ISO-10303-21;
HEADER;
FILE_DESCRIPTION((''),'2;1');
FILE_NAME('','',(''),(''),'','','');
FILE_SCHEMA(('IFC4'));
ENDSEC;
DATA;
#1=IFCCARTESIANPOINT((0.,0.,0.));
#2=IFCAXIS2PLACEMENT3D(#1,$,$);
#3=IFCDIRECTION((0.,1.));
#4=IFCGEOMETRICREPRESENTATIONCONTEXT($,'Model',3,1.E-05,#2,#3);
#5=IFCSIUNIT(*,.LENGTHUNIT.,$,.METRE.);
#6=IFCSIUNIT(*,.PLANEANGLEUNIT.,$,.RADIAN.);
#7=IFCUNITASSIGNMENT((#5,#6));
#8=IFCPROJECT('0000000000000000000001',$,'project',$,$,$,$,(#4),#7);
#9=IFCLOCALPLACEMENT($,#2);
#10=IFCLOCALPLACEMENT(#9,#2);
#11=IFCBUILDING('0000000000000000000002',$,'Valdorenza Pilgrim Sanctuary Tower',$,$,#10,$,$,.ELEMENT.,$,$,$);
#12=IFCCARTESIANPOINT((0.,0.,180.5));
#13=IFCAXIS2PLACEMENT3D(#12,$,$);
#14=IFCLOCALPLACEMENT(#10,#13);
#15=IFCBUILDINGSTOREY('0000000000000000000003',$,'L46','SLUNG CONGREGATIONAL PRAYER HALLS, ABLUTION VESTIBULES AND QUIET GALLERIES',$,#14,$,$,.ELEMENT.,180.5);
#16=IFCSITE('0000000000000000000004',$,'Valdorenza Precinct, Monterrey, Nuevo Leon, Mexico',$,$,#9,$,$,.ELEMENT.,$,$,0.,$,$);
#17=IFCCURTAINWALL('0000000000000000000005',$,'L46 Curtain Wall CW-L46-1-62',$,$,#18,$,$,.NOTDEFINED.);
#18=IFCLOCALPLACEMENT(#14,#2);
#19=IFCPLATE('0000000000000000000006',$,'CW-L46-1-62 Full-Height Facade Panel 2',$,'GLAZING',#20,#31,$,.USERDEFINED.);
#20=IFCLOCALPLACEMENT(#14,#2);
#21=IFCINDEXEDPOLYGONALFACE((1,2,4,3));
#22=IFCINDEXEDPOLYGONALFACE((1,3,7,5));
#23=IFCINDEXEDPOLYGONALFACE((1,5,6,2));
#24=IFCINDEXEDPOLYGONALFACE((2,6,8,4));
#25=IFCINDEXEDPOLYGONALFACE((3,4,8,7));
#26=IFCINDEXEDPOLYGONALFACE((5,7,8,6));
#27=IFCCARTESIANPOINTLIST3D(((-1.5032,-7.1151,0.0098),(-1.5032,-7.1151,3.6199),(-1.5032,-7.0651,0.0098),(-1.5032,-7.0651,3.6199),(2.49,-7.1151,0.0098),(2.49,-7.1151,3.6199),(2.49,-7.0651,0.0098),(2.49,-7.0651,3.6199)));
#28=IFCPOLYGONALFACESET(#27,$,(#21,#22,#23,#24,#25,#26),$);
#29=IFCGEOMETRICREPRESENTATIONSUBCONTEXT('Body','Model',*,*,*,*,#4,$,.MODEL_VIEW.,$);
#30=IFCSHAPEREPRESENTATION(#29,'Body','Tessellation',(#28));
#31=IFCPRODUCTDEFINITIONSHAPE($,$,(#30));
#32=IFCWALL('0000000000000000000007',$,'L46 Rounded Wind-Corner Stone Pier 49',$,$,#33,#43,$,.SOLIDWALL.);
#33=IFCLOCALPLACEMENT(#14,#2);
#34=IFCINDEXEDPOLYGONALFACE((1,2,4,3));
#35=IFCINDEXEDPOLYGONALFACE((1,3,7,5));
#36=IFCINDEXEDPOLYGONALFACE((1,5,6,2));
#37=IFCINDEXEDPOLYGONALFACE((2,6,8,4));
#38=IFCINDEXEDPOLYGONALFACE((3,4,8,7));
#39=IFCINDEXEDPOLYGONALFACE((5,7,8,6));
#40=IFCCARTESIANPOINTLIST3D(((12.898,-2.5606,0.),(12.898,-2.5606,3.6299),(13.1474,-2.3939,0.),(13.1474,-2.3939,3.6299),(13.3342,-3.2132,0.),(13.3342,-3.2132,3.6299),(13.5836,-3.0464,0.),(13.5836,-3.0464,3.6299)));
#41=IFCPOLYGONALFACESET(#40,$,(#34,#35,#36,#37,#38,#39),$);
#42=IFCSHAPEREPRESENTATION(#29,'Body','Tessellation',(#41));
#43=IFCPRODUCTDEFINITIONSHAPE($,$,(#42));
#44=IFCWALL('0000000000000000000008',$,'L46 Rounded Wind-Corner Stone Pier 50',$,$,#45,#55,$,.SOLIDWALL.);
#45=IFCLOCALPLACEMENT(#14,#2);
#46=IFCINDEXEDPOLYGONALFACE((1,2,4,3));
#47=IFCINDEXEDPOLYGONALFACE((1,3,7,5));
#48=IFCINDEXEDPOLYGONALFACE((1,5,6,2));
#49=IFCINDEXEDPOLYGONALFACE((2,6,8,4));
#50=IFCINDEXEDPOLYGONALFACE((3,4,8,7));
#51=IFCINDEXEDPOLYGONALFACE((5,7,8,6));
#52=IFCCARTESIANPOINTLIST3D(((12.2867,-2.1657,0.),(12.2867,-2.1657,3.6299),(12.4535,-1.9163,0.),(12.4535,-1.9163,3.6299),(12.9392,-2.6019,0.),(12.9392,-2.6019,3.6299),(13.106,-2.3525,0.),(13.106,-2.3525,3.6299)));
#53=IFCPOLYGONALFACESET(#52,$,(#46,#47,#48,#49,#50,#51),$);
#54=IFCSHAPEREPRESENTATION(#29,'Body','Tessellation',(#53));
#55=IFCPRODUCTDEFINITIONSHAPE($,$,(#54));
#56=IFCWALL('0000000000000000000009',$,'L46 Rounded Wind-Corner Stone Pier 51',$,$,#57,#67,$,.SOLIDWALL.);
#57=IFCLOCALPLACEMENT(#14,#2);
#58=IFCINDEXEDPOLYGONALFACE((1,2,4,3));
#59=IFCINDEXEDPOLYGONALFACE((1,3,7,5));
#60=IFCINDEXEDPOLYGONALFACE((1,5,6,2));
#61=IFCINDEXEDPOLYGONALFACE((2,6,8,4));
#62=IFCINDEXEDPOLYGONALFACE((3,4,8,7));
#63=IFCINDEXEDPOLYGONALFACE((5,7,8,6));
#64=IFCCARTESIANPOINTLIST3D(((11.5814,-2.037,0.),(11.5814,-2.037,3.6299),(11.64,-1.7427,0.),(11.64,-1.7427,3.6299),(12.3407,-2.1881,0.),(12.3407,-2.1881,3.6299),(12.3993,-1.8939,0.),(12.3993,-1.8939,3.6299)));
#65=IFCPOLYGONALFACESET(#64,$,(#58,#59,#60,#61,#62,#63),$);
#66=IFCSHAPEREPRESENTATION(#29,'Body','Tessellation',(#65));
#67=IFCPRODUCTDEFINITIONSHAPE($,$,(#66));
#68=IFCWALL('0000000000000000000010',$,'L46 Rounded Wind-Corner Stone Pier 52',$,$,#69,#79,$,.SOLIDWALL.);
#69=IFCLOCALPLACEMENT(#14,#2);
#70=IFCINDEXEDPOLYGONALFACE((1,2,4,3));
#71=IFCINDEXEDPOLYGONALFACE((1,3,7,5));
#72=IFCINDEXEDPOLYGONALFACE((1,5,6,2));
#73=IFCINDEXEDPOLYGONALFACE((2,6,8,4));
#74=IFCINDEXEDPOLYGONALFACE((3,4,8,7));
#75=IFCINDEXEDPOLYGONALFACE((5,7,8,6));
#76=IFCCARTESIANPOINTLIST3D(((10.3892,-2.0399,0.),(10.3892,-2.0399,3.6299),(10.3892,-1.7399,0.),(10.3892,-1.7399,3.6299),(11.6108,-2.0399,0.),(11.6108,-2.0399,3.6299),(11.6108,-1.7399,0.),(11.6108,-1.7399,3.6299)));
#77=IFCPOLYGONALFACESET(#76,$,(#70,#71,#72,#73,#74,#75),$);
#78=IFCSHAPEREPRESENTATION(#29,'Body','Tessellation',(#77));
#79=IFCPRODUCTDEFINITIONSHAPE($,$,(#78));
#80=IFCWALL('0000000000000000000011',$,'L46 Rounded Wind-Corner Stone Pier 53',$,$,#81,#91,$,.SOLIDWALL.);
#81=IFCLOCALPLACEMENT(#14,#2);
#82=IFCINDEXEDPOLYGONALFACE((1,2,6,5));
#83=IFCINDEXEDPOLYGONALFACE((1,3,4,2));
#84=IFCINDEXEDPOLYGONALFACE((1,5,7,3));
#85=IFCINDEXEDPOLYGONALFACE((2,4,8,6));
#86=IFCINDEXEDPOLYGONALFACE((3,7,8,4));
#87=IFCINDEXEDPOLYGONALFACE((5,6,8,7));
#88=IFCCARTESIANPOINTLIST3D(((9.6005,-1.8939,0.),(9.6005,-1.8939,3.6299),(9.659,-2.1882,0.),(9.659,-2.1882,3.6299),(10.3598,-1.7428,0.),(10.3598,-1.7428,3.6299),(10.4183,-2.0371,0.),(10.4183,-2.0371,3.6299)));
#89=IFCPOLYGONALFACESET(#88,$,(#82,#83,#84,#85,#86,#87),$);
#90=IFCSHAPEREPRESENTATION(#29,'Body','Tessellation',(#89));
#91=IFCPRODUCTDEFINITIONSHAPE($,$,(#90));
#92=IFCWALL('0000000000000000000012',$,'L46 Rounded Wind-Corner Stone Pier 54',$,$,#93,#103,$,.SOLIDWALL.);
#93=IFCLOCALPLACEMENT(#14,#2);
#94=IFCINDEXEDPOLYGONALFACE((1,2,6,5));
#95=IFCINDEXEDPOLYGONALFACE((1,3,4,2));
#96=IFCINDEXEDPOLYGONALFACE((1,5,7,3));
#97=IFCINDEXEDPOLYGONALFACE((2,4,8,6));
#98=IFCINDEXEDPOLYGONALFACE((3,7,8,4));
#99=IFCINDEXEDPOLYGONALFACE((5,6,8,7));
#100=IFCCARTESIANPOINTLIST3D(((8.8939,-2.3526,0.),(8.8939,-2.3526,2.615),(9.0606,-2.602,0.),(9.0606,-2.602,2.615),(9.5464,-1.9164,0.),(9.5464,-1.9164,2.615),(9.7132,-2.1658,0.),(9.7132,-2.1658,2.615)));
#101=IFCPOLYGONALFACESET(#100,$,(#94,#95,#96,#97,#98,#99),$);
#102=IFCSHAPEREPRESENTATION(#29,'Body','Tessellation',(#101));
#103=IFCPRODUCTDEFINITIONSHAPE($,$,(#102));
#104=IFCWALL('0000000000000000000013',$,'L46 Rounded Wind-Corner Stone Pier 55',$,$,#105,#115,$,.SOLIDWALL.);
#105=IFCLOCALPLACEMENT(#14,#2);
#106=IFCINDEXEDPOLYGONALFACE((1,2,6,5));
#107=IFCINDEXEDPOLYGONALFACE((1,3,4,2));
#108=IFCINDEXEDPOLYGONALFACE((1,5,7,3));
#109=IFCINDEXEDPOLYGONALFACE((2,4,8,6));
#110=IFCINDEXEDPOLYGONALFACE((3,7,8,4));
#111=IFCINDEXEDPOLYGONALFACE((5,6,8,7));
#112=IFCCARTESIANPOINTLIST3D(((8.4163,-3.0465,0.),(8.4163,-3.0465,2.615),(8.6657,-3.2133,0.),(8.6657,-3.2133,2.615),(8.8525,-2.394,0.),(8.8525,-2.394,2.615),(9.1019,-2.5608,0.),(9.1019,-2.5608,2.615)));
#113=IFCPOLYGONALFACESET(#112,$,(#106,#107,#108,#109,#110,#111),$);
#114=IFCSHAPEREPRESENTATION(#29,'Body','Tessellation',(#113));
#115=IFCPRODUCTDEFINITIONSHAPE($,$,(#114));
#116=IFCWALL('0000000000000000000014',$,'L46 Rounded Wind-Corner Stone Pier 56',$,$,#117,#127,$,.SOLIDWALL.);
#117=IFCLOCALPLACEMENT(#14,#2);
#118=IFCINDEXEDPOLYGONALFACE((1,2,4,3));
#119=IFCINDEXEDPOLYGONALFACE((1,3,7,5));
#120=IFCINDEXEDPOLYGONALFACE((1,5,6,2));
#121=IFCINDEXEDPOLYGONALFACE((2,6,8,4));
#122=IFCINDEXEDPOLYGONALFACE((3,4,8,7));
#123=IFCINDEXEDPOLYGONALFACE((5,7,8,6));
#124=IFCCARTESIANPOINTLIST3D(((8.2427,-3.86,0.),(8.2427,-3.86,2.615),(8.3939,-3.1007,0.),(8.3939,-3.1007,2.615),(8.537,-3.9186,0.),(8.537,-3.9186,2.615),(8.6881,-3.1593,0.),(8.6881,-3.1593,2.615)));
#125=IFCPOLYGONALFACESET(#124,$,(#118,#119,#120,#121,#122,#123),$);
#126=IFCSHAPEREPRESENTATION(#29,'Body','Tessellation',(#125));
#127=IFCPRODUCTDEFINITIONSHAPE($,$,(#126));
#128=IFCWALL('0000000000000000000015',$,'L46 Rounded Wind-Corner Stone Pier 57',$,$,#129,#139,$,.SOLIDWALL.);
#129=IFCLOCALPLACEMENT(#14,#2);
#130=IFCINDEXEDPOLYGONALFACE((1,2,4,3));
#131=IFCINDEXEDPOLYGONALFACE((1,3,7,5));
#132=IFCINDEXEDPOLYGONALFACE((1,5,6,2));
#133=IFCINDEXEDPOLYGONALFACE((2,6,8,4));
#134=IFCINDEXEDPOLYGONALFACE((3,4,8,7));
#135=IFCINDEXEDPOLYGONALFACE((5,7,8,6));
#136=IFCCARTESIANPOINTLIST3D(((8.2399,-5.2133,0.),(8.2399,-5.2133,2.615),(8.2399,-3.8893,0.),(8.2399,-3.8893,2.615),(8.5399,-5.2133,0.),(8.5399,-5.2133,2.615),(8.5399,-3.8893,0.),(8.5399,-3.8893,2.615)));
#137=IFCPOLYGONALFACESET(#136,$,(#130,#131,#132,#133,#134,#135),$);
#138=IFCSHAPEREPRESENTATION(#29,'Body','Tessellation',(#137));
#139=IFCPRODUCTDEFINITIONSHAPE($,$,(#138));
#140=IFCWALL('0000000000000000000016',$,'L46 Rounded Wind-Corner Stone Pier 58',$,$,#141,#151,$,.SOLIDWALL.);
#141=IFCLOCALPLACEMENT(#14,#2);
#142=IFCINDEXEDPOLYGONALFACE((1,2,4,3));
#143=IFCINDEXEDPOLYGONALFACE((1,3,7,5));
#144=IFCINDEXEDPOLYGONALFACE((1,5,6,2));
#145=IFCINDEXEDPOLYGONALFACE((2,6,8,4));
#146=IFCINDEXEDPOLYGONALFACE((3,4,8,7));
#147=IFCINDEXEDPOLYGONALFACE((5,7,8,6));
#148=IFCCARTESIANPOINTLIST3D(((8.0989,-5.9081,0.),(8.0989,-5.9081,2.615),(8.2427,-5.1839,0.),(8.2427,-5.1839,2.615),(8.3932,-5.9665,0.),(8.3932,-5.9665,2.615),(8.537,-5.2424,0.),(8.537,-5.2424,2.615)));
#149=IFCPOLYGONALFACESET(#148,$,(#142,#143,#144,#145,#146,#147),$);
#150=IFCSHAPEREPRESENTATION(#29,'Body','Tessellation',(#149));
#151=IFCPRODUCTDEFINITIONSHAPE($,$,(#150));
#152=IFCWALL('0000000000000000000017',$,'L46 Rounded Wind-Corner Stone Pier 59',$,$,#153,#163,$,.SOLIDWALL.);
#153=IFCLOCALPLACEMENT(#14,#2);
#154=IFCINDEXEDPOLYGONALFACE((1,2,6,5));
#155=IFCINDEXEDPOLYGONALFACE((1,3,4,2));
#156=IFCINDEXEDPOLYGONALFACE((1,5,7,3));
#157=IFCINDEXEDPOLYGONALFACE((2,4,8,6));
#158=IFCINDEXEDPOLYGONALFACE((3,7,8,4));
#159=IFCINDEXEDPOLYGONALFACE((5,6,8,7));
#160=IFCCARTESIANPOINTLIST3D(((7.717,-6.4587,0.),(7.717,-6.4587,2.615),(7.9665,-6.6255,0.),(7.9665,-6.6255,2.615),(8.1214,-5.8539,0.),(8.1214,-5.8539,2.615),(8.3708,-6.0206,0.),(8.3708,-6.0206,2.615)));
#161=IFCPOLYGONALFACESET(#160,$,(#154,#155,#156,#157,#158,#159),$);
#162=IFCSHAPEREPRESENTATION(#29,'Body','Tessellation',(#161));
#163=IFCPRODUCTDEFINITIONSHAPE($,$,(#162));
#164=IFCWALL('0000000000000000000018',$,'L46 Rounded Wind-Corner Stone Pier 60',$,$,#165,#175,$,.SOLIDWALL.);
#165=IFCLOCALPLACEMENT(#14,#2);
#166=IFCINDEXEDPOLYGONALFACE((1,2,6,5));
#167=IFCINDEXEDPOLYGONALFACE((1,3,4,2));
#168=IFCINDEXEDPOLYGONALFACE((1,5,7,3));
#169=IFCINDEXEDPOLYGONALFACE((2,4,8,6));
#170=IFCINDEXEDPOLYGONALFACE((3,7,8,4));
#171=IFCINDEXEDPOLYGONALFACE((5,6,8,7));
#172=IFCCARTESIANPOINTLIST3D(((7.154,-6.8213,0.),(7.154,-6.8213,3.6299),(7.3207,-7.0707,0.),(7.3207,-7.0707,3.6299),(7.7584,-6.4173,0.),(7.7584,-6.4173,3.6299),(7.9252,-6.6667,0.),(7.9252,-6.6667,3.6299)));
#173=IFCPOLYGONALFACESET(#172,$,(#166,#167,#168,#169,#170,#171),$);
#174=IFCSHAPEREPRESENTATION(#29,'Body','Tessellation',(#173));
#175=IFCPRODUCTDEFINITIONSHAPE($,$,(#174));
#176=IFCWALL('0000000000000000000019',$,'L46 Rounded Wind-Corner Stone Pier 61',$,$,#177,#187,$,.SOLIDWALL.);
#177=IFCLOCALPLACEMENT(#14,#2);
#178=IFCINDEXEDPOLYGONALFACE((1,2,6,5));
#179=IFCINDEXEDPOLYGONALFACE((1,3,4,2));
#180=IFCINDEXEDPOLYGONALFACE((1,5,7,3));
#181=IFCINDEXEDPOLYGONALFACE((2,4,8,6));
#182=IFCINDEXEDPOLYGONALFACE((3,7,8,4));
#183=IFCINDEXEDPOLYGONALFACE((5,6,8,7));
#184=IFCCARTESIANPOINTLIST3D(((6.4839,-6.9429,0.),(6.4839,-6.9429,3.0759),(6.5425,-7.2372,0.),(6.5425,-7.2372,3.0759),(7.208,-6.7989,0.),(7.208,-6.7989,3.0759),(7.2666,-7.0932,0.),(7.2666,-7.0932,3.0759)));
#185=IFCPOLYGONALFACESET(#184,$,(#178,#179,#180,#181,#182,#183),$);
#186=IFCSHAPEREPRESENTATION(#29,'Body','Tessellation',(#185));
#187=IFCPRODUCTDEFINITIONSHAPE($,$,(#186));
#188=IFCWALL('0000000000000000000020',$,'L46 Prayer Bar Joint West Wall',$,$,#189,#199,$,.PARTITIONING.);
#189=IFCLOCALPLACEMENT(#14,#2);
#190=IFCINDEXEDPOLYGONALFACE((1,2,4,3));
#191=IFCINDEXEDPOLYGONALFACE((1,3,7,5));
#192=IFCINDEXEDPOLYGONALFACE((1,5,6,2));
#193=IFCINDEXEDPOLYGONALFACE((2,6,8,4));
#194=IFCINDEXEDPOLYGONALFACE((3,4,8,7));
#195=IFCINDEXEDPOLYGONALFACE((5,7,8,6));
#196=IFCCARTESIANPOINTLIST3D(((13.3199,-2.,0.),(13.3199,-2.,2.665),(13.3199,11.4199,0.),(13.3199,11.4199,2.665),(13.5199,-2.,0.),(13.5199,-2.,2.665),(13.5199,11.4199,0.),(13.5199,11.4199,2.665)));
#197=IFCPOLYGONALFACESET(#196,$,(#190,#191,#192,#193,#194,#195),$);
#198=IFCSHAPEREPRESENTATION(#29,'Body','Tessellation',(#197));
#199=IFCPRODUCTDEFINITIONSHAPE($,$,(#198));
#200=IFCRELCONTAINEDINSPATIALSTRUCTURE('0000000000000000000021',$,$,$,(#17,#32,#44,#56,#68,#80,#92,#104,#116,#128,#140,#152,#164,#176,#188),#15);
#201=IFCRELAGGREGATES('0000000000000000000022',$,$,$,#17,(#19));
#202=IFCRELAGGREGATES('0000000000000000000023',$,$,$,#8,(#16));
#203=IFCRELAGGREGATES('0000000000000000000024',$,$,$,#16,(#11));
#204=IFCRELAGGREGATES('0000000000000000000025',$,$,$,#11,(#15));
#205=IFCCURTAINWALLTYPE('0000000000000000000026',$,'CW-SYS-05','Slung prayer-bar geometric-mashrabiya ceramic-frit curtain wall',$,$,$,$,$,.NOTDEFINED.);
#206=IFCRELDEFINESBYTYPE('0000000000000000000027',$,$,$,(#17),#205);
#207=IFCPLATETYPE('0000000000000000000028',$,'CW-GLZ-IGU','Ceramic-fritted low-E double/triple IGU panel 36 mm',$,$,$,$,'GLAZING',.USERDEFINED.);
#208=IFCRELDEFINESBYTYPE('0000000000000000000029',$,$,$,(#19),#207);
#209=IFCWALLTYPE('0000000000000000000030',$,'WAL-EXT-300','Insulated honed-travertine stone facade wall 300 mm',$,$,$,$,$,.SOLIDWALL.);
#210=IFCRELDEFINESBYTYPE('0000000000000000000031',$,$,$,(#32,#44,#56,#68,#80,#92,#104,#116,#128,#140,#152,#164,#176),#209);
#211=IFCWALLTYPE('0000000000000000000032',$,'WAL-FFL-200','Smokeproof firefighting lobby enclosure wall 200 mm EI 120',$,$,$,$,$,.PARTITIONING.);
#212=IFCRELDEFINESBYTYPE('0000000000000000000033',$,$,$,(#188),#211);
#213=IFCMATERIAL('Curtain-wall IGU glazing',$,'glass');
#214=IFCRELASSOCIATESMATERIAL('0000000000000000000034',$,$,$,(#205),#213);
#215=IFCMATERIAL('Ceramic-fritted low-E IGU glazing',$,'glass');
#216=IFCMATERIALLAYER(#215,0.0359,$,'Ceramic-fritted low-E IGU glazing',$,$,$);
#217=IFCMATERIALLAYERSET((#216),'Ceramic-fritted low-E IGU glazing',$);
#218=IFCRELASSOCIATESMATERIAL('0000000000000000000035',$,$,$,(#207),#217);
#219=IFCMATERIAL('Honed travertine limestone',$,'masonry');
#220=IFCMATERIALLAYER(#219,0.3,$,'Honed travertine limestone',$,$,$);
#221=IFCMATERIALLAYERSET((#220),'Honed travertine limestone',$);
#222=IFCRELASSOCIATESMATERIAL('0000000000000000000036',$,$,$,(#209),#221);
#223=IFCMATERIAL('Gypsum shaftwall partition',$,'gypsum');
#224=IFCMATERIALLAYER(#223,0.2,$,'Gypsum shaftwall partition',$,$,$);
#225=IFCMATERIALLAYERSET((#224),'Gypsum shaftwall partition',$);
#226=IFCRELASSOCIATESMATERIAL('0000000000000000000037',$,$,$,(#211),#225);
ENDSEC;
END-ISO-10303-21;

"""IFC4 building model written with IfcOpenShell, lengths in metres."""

from ifc_helpers import new_model, si_unit, direction, frame, frame_2d, origin, origin_2d, place, context, subcontext, project, spatial, rectangle, extrude, source, transform, mapped, material, layer, layer_set, type_object, element, aggregate, save


model = new_model("IFC4")

# Units and contexts
model_context = context("Model", 3, precision=1e-05, world=origin(), true_north=direction((0.0, 1.0)))
body_context = subcontext(model_context, "Body", "Model", "MODEL_VIEW")
ifc_project = project(units=[si_unit("LENGTHUNIT", "METRE"), si_unit("PLANEANGLEUNIT", "RADIAN")], contexts=[model_context])

# Site, building, storey
site_placement = place(None, origin())
site = spatial("IfcSite", under=ifc_project, at=site_placement, Name="Valdorenza Precinct, Monterrey, Nuevo Leon, Mexico", CompositionType="ELEMENT", RefElevation=0.0)
building_placement = place(site_placement, origin())
building = spatial("IfcBuilding", under=site, at=building_placement, Name="Valdorenza Pilgrim Sanctuary Tower", CompositionType="ELEMENT")
storey_placement = place(building_placement, frame((0.0, 0.0, 180.5)))
storey = spatial("IfcBuildingStorey", under=building, at=storey_placement, Name="L46", Description="SLUNG CONGREGATIONAL PRAYER HALLS, ABLUTION VESTIBULES AND QUIET GALLERIES", CompositionType="ELEMENT", Elevation=180.5)

# Curtain wall
ifc_material_1 = material(Name="Curtain-wall IGU glazing", Category="glass")
curtain_wall_type = type_object("IfcCurtainWallType", Name="CW-SYS-05", Description="Slung prayer-bar geometric-mashrabiya ceramic-frit curtain wall", PredefinedType="NOTDEFINED", material=ifc_material_1)
curtain_wall_1_placement = place(storey_placement, origin())
curtain_wall_1 = element("IfcCurtainWall", 1, at=curtain_wall_1_placement, inside=storey, type_object=curtain_wall_type, Name="L46 Curtain Wall CW-L46-1-62", PredefinedType="NOTDEFINED")

# Plate
ifc_material_2 = material(Name="Honed travertine limestone", Category="masonry")
ifc_material_3 = material(Name="Ceramic-fritted low-E IGU glazing", Category="glass")
ifc_layer_1 = layer(ifc_material_3, 0.0359, Name="Ceramic-fritted low-E IGU glazing")
ifc_layer_set_1 = layer_set([ifc_layer_1], Name="Ceramic-fritted low-E IGU glazing")
plate_type_1 = type_object("IfcPlateType", Name="CW-GLZ-IGU", Description="Ceramic-fritted low-E double/triple IGU panel 36 mm", ElementType="GLAZING", PredefinedType="USERDEFINED", material=ifc_layer_set_1)
shared_shape_1 = source(origin(), body_context, "Body", "SweptSolid", [
    extrude(rectangle(XDim=3.9932, YDim=0.05, at=origin_2d()), origin(), (0.0, 0.0, 1.0), 3.6101),
])
plate_1_placement = place(storey_placement, frame((0.4934, -7.0901, 0.0098), z_axis=(0.0, 0.0, 1.0), x_axis=(-1.0, 0.0, 0.0)))
plate_1 = element("IfcPlate", 2, at=plate_1_placement, type_object=plate_type_1, Name="CW-L46-1-62 Full-Height Facade Panel 2", ObjectType="GLAZING", PredefinedType="USERDEFINED", context=body_context, shape_type="MappedRepresentation", body=[
    mapped(shared_shape_1, transform((0.0, 0.0, 0.0), x_axis=(1.0, 0.0, 0.0), y_axis=(0.0, 1.0, 0.0), z_axis=(0.0, 0.0, 1.0), scale=1.0)),
])
aggregate(curtain_wall_1, [plate_1])

# Walls
ifc_layer_2 = layer(ifc_material_2, 0.3, Name="Honed travertine limestone")
ifc_layer_set_2 = layer_set([ifc_layer_2], Name="Honed travertine limestone")
wall_type_1 = type_object("IfcWallType", Name="WAL-EXT-300", Description="Insulated honed-travertine stone facade wall 300 mm", PredefinedType="SOLIDWALL", material=ifc_layer_set_2)
for number, where, z_axis, x_axis, name in (
    (3, (13.459, -3.1299, 0.0), (0.0, 0.0, 1.0), (-0.555776, 0.831332, 0.0), "L46 Rounded Wind-Corner Stone Pier 49"),
    (4, (13.0227, -2.4773, 0.0), (0.0, 0.0, 1.0), (-0.831332, 0.555776, 0.0), "L46 Rounded Wind-Corner Stone Pier 50"),
):
    element("IfcWall", number, at=place(storey_placement, frame(where, z_axis=z_axis, x_axis=x_axis)), inside=storey, type_object=wall_type_1, Name=name, PredefinedType="SOLIDWALL", context=body_context, shape_type="SweptSolid", body=[
        extrude(rectangle(XDim=0.7849, YDim=0.3, at=frame_2d((0.3926, 0.0))), origin(), (0.0, 0.0, 1.0), 3.6299),
    ])
wall_1_placement = place(storey_placement, frame((12.3701, -2.041, 0.0), z_axis=(0.0, 0.0, 1.0), x_axis=(-0.980762, 0.195206, 0.0)))
element("IfcWall", 5, at=wall_1_placement, inside=storey, type_object=wall_type_1, Name="L46 Rounded Wind-Corner Stone Pier 51", PredefinedType="SOLIDWALL", context=body_context, shape_type="SweptSolid", body=[
    extrude(rectangle(XDim=0.7742, YDim=0.3, at=frame_2d((0.3872, 0.0))), origin(), (0.0, 0.0, 1.0), 3.6299),
])
wall_2_placement = place(storey_placement, frame((11.6108, -1.8899, 0.0), z_axis=(0.0, 0.0, 1.0), x_axis=(-1.0, 0.0, 0.0)))
element("IfcWall", 6, at=wall_2_placement, inside=storey, type_object=wall_type_1, Name="L46 Rounded Wind-Corner Stone Pier 52", PredefinedType="SOLIDWALL", context=body_context, shape_type="SweptSolid", body=[
    extrude(rectangle(XDim=1.2217, YDim=0.3, at=frame_2d((0.6108, 0.0))), origin(), (0.0, 0.0, 1.0), 3.6299),
])
wall_3_placement = place(storey_placement, frame((10.3892, -1.8899, 0.0), z_axis=(0.0, 0.0, 1.0), x_axis=(-0.980762, -0.195206, 0.0)))
element("IfcWall", 7, at=wall_3_placement, inside=storey, type_object=wall_type_1, Name="L46 Rounded Wind-Corner Stone Pier 53", PredefinedType="SOLIDWALL", context=body_context, shape_type="SweptSolid", body=[
    extrude(rectangle(XDim=0.7742, YDim=0.3, at=frame_2d((0.3872, 0.0))), origin(), (0.0, 0.0, 1.0), 3.6299),
])
for number, where, z_axis, x_axis, name in (
    (8, (9.6299, -2.041, 0.0), (0.0, 0.0, 1.0), (-0.831332, -0.555776, 0.0), "L46 Rounded Wind-Corner Stone Pier 54"),
    (9, (8.9773, -2.4773, 0.0), (0.0, 0.0, 1.0), (-0.555776, -0.831332, 0.0), "L46 Rounded Wind-Corner Stone Pier 55"),
):
    element("IfcWall", number, at=place(storey_placement, frame(where, z_axis=z_axis, x_axis=x_axis)), inside=storey, type_object=wall_type_1, Name=name, PredefinedType="SOLIDWALL", context=body_context, shape_type="SweptSolid", body=[
        extrude(rectangle(XDim=0.7849, YDim=0.3, at=frame_2d((0.3926, 0.0))), origin(), (0.0, 0.0, 1.0), 2.615),
    ])
wall_4_placement = place(storey_placement, frame((8.541, -3.1299, 0.0), z_axis=(0.0, 0.0, 1.0), x_axis=(-0.195206, -0.980762, 0.0)))
element("IfcWall", 10, at=wall_4_placement, inside=storey, type_object=wall_type_1, Name="L46 Rounded Wind-Corner Stone Pier 56", PredefinedType="SOLIDWALL", context=body_context, shape_type="SweptSolid", body=[
    extrude(rectangle(XDim=0.7742, YDim=0.3, at=frame_2d((0.3872, 0.0))), origin(), (0.0, 0.0, 1.0), 2.615),
])
wall_5_placement = place(storey_placement, frame((8.3899, -3.8892, 0.0), z_axis=(0.0, 0.0, 1.0), x_axis=(0.0, -1.0, 0.0)))
element("IfcWall", 11, at=wall_5_placement, inside=storey, type_object=wall_type_1, Name="L46 Rounded Wind-Corner Stone Pier 57", PredefinedType="SOLIDWALL", context=body_context, shape_type="SweptSolid", body=[
    extrude(rectangle(XDim=1.324, YDim=0.3, at=frame_2d((0.6621, 0.0))), origin(), (0.0, 0.0, 1.0), 2.615),
])
wall_6_placement = place(storey_placement, frame((8.3899, -5.2131, 0.0), z_axis=(0.0, 0.0, 1.0), x_axis=(-0.19478, -0.980847, 0.0)))
element("IfcWall", 12, at=wall_6_placement, inside=storey, type_object=wall_type_1, Name="L46 Rounded Wind-Corner Stone Pier 58", PredefinedType="SOLIDWALL", context=body_context, shape_type="SweptSolid", body=[
    extrude(rectangle(XDim=0.7383, YDim=0.3, at=frame_2d((0.3691, 0.0))), origin(), (0.0, 0.0, 1.0), 2.615),
])
wall_7_placement = place(storey_placement, frame((8.2461, -5.9373, 0.0), z_axis=(0.0, 0.0, 1.0), x_axis=(-0.555784, -0.831327, 0.0)))
element("IfcWall", 13, at=wall_7_placement, inside=storey, type_object=wall_type_1, Name="L46 Rounded Wind-Corner Stone Pier 59", PredefinedType="SOLIDWALL", context=body_context, shape_type="SweptSolid", body=[
    extrude(rectangle(XDim=0.7275, YDim=0.3, at=frame_2d((0.3638, 0.0))), origin(), (0.0, 0.0, 1.0), 2.615),
])
wall_8_placement = place(storey_placement, frame((7.8418, -6.542, 0.0), z_axis=(0.0, 0.0, 1.0), x_axis=(-0.831378, -0.555707, 0.0)))
element("IfcWall", 14, at=wall_8_placement, inside=storey, type_object=wall_type_1, Name="L46 Rounded Wind-Corner Stone Pier 60", PredefinedType="SOLIDWALL", context=body_context, shape_type="SweptSolid", body=[
    extrude(rectangle(XDim=0.7271, YDim=0.3, at=frame_2d((0.3635, 0.0))), origin(), (0.0, 0.0, 1.0), 3.6299),
])
wall_9_placement = place(storey_placement, frame((7.2373, -6.946, 0.0), z_axis=(0.0, 0.0, 1.0), x_axis=(-0.980784, -0.195099, 0.0)))
element("IfcWall", 15, at=wall_9_placement, inside=storey, type_object=wall_type_1, Name="L46 Rounded Wind-Corner Stone Pier 61", PredefinedType="SOLIDWALL", context=body_context, shape_type="SweptSolid", body=[
    extrude(rectangle(XDim=0.7383, YDim=0.3, at=frame_2d((0.3691, 0.0))), origin(), (0.0, 0.0, 1.0), 3.0759),
])
ifc_material_4 = material(Name="Gypsum shaftwall partition", Category="gypsum")
ifc_layer_3 = layer(ifc_material_4, 0.2, Name="Gypsum shaftwall partition")
ifc_layer_set_3 = layer_set([ifc_layer_3], Name="Gypsum shaftwall partition")
wall_type_2 = type_object("IfcWallType", Name="WAL-FFL-200", Description="Smokeproof firefighting lobby enclosure wall 200 mm EI 120", PredefinedType="PARTITIONING", material=ifc_layer_set_3)
wall_10_placement = place(storey_placement, frame((13.4199, -2.0, 0.0), z_axis=(0.0, 0.0, 1.0), x_axis=(0.0, 1.0, 0.0)))
element("IfcWall", 16, at=wall_10_placement, inside=storey, type_object=wall_type_2, Name="L46 Prayer Bar Joint West Wall", PredefinedType="PARTITIONING", context=body_context, shape_type="SweptSolid", body=[
    extrude(rectangle(XDim=13.4199, YDim=0.2, at=frame_2d((6.71, 0.0))), origin(), (0.0, 0.0, 1.0), 2.665),
])

save(model, "model.ifc")
